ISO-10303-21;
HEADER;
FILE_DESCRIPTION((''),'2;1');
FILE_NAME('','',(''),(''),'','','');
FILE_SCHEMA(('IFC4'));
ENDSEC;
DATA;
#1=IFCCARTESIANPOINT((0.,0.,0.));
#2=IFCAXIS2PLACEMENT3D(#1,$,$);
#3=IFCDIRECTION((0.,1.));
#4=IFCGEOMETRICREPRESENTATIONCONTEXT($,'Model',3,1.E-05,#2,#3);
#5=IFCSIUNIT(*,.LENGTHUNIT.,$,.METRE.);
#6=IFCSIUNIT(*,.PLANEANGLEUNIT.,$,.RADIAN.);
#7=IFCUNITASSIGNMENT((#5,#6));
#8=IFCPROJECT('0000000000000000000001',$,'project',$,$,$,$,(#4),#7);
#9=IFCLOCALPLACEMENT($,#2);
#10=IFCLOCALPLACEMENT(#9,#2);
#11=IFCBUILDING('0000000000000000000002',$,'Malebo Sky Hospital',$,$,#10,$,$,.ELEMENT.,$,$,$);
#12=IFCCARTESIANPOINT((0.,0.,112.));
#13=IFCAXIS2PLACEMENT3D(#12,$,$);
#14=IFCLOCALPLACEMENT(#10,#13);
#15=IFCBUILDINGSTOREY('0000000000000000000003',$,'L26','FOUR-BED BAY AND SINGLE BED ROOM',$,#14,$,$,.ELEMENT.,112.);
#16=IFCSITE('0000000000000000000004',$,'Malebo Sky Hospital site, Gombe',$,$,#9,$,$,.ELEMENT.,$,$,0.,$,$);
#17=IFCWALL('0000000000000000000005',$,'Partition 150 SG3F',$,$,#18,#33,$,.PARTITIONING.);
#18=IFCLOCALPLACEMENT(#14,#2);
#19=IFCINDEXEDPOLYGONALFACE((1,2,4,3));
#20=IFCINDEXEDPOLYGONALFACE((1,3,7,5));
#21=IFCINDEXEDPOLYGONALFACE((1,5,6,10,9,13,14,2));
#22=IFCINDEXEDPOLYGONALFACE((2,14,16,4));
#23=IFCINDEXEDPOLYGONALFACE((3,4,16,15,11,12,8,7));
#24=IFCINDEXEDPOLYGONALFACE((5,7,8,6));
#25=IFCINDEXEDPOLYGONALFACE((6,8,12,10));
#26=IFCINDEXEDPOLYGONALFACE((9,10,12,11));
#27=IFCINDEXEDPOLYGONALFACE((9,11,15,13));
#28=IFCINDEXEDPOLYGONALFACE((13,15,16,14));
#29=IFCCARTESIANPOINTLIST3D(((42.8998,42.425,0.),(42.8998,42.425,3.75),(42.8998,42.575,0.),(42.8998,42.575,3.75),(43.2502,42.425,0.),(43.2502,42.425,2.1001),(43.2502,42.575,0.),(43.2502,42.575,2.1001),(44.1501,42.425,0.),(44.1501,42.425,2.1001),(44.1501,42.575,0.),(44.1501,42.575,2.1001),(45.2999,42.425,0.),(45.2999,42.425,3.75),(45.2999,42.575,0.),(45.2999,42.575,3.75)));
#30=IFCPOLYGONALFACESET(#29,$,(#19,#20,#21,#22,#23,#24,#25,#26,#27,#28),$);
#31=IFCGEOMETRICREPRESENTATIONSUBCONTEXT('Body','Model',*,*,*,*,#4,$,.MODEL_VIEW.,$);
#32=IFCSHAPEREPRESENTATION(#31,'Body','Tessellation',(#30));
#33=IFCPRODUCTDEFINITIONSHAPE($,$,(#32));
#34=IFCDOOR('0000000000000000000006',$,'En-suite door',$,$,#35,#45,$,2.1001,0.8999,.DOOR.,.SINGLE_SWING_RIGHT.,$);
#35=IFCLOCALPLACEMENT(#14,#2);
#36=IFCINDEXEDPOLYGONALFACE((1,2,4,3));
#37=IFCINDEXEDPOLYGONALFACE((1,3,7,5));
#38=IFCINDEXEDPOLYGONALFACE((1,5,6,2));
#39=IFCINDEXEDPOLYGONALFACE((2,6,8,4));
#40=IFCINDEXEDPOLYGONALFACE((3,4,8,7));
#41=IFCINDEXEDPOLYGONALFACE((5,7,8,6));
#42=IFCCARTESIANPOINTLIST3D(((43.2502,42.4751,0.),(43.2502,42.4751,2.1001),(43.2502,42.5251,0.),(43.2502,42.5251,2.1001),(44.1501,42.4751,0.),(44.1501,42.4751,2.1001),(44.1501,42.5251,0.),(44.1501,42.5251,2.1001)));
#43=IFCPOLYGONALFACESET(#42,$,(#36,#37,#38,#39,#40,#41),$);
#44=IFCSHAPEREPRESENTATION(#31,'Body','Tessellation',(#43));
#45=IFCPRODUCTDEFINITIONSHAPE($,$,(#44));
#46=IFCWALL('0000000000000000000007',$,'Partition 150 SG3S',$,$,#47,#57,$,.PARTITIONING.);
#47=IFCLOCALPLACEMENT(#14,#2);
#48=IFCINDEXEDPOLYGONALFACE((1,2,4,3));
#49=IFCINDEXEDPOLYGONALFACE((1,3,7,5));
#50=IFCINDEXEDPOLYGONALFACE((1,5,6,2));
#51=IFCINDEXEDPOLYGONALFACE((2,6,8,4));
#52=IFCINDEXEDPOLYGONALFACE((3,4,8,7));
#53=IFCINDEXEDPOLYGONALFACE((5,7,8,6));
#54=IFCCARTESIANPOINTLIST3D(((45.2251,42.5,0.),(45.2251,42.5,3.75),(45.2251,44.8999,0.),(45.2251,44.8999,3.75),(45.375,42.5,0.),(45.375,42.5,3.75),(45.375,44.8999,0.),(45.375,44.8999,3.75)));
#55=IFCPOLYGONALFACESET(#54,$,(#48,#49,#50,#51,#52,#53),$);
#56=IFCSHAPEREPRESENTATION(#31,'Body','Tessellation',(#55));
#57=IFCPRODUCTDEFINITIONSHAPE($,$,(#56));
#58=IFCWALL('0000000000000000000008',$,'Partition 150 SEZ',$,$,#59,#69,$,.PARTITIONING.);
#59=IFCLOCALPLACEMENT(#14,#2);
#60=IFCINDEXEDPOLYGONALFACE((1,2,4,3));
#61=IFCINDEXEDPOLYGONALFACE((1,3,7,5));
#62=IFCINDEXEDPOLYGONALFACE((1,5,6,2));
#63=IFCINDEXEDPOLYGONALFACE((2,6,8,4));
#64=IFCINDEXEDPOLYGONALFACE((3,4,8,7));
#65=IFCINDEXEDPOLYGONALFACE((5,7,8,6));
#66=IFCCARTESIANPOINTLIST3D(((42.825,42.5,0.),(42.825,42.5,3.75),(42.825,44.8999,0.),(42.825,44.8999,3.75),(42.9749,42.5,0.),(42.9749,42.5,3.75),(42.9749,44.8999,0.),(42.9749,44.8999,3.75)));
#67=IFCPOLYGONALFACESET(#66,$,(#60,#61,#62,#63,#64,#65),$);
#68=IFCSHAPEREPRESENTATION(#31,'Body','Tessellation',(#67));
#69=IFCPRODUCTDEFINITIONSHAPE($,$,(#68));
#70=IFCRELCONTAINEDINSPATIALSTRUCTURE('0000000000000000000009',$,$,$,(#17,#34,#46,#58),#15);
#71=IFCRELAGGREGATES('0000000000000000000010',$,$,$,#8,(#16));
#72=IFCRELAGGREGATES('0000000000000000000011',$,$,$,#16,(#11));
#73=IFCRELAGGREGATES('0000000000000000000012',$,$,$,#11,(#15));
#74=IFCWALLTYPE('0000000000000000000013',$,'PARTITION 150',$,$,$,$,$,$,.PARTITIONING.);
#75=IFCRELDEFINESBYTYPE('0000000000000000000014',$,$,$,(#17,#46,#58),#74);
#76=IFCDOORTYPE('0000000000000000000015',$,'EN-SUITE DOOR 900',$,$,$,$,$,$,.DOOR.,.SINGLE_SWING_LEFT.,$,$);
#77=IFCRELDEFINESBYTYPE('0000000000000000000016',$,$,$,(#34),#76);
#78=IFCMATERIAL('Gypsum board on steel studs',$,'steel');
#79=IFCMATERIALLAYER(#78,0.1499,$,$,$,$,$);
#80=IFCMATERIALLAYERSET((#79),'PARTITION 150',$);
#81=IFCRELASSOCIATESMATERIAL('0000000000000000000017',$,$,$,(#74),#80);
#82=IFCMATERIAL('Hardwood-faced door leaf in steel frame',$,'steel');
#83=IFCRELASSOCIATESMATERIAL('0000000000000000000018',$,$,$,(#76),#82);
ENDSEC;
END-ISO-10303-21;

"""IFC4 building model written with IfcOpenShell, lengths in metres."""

from ifc_helpers import new_model, si_unit, direction, frame, frame_2d, origin, place, context, subcontext, project, spatial, rectangle, extrude, material, layer, layer_set, type_object, element, fill, save


model = new_model("IFC4")

# Units and contexts
model_context = context("Model", 3, precision=1e-05, world=origin(), true_north=direction((0.0, 1.0)))
body_context = subcontext(model_context, "Body", "Model", "MODEL_VIEW")
ifc_project = project(units=[si_unit("LENGTHUNIT", "METRE"), si_unit("PLANEANGLEUNIT", "RADIAN")], contexts=[model_context])

# Site, building, storey
site_placement = place(None, origin())
site = spatial("IfcSite", under=ifc_project, at=site_placement, Name="Malebo Sky Hospital site, Gombe", CompositionType="ELEMENT", RefElevation=0.0)
building_placement = place(site_placement, origin())
building = spatial("IfcBuilding", under=site, at=building_placement, Name="Malebo Sky Hospital", CompositionType="ELEMENT")
storey_placement = place(building_placement, frame((0.0, 0.0, 112.0)))
storey = spatial("IfcBuildingStorey", under=building, at=storey_placement, Name="L26", Description="FOUR-BED BAY AND SINGLE BED ROOM", CompositionType="ELEMENT", Elevation=112.0)

# Shared definitions
ifc_material_1 = material(Name="Gypsum board on steel studs", Category="steel")
ifc_material_2 = material(Name="Hardwood-faced door leaf in steel frame", Category="steel")

# Shared definitions
ifc_layer_1 = layer(ifc_material_1, 0.1499)
ifc_layer_set_1 = layer_set([ifc_layer_1], Name="PARTITION 150")
wall_type_1 = type_object("IfcWallType", Name="PARTITION 150", PredefinedType="PARTITIONING", material=ifc_layer_set_1)

# Wall, opening, door
door_type_1 = type_object("IfcDoorType", Name="EN-SUITE DOOR 900", OperationType="SINGLE_SWING_LEFT", PredefinedType="DOOR", material=ifc_material_2)
wall_1_placement = place(storey_placement, frame((45.3, 42.5, 0.0), z_axis=(0.0, 0.0, 1.0), x_axis=(-1.0, 0.0, 0.0)))
wall_1 = element("IfcWall", 1, at=wall_1_placement, inside=storey, type_object=wall_type_1, Name="Partition 150 SG3F", PredefinedType="PARTITIONING", context=body_context, shape_type="SweptSolid", body=[
    extrude(rectangle(XDim=2.4001, YDim=0.1499, at=frame_2d((1.2002, 0.0))), origin(), (0.0, 0.0, 1.0), 3.75),
])
opening_1_placement = place(wall_1_placement, frame((1.1499, 0.0, 0.0)))
opening_1 = element("IfcOpeningElement", 2, at=opening_1_placement, cuts=wall_1, PredefinedType="OPENING", context=body_context, shape_type="SweptSolid", body=[
    extrude(rectangle(XDim=0.8999, YDim=2.1001, at=frame_2d((0.45, 1.05))), frame((0.0, 0.085, 0.0), z_axis=(0.0, -1.0, 0.0), x_axis=(1.0, 0.0, 0.0)), (0.0, 0.0, 1.0), 0.1699),
])
door_1_placement = place(opening_1_placement, origin())
door_1 = element("IfcDoor", 3, at=door_1_placement, inside=storey, type_object=door_type_1, Name="En-suite door", OperationType="SINGLE_SWING_RIGHT", OverallHeight=2.1001, OverallWidth=0.8999, PredefinedType="DOOR", context=body_context, shape_type="SweptSolid", body=[
    extrude(rectangle(XDim=0.8999, YDim=2.1001, at=frame_2d((0.45, 1.05))), frame((0.0, 0.0249, 0.0), z_axis=(0.0, -1.0, 0.0), x_axis=(1.0, 0.0, 0.0)), (0.0, 0.0, 1.0), 0.05),
])
fill(opening_1, door_1)

# Walls
for number, where, z_axis, x_axis, name in (
    (4, (45.3, 44.8999, 0.0), (0.0, 0.0, 1.0), (0.0, -1.0, 0.0), "Partition 150 SG3S"),
    (5, (42.8999, 44.8999, 0.0), (0.0, 0.0, 1.0), (0.0, -1.0, 0.0), "Partition 150 SEZ"),
):
    element("IfcWall", number, at=place(storey_placement, frame(where, z_axis=z_axis, x_axis=x_axis)), inside=storey, type_object=wall_type_1, Name=name, PredefinedType="PARTITIONING", context=body_context, shape_type="SweptSolid", body=[
        extrude(rectangle(XDim=2.3999, YDim=0.1499, at=frame_2d((1.2, 0.0))), origin(), (0.0, 0.0, 1.0), 3.75),
    ])

save(model, "model.ifc")
